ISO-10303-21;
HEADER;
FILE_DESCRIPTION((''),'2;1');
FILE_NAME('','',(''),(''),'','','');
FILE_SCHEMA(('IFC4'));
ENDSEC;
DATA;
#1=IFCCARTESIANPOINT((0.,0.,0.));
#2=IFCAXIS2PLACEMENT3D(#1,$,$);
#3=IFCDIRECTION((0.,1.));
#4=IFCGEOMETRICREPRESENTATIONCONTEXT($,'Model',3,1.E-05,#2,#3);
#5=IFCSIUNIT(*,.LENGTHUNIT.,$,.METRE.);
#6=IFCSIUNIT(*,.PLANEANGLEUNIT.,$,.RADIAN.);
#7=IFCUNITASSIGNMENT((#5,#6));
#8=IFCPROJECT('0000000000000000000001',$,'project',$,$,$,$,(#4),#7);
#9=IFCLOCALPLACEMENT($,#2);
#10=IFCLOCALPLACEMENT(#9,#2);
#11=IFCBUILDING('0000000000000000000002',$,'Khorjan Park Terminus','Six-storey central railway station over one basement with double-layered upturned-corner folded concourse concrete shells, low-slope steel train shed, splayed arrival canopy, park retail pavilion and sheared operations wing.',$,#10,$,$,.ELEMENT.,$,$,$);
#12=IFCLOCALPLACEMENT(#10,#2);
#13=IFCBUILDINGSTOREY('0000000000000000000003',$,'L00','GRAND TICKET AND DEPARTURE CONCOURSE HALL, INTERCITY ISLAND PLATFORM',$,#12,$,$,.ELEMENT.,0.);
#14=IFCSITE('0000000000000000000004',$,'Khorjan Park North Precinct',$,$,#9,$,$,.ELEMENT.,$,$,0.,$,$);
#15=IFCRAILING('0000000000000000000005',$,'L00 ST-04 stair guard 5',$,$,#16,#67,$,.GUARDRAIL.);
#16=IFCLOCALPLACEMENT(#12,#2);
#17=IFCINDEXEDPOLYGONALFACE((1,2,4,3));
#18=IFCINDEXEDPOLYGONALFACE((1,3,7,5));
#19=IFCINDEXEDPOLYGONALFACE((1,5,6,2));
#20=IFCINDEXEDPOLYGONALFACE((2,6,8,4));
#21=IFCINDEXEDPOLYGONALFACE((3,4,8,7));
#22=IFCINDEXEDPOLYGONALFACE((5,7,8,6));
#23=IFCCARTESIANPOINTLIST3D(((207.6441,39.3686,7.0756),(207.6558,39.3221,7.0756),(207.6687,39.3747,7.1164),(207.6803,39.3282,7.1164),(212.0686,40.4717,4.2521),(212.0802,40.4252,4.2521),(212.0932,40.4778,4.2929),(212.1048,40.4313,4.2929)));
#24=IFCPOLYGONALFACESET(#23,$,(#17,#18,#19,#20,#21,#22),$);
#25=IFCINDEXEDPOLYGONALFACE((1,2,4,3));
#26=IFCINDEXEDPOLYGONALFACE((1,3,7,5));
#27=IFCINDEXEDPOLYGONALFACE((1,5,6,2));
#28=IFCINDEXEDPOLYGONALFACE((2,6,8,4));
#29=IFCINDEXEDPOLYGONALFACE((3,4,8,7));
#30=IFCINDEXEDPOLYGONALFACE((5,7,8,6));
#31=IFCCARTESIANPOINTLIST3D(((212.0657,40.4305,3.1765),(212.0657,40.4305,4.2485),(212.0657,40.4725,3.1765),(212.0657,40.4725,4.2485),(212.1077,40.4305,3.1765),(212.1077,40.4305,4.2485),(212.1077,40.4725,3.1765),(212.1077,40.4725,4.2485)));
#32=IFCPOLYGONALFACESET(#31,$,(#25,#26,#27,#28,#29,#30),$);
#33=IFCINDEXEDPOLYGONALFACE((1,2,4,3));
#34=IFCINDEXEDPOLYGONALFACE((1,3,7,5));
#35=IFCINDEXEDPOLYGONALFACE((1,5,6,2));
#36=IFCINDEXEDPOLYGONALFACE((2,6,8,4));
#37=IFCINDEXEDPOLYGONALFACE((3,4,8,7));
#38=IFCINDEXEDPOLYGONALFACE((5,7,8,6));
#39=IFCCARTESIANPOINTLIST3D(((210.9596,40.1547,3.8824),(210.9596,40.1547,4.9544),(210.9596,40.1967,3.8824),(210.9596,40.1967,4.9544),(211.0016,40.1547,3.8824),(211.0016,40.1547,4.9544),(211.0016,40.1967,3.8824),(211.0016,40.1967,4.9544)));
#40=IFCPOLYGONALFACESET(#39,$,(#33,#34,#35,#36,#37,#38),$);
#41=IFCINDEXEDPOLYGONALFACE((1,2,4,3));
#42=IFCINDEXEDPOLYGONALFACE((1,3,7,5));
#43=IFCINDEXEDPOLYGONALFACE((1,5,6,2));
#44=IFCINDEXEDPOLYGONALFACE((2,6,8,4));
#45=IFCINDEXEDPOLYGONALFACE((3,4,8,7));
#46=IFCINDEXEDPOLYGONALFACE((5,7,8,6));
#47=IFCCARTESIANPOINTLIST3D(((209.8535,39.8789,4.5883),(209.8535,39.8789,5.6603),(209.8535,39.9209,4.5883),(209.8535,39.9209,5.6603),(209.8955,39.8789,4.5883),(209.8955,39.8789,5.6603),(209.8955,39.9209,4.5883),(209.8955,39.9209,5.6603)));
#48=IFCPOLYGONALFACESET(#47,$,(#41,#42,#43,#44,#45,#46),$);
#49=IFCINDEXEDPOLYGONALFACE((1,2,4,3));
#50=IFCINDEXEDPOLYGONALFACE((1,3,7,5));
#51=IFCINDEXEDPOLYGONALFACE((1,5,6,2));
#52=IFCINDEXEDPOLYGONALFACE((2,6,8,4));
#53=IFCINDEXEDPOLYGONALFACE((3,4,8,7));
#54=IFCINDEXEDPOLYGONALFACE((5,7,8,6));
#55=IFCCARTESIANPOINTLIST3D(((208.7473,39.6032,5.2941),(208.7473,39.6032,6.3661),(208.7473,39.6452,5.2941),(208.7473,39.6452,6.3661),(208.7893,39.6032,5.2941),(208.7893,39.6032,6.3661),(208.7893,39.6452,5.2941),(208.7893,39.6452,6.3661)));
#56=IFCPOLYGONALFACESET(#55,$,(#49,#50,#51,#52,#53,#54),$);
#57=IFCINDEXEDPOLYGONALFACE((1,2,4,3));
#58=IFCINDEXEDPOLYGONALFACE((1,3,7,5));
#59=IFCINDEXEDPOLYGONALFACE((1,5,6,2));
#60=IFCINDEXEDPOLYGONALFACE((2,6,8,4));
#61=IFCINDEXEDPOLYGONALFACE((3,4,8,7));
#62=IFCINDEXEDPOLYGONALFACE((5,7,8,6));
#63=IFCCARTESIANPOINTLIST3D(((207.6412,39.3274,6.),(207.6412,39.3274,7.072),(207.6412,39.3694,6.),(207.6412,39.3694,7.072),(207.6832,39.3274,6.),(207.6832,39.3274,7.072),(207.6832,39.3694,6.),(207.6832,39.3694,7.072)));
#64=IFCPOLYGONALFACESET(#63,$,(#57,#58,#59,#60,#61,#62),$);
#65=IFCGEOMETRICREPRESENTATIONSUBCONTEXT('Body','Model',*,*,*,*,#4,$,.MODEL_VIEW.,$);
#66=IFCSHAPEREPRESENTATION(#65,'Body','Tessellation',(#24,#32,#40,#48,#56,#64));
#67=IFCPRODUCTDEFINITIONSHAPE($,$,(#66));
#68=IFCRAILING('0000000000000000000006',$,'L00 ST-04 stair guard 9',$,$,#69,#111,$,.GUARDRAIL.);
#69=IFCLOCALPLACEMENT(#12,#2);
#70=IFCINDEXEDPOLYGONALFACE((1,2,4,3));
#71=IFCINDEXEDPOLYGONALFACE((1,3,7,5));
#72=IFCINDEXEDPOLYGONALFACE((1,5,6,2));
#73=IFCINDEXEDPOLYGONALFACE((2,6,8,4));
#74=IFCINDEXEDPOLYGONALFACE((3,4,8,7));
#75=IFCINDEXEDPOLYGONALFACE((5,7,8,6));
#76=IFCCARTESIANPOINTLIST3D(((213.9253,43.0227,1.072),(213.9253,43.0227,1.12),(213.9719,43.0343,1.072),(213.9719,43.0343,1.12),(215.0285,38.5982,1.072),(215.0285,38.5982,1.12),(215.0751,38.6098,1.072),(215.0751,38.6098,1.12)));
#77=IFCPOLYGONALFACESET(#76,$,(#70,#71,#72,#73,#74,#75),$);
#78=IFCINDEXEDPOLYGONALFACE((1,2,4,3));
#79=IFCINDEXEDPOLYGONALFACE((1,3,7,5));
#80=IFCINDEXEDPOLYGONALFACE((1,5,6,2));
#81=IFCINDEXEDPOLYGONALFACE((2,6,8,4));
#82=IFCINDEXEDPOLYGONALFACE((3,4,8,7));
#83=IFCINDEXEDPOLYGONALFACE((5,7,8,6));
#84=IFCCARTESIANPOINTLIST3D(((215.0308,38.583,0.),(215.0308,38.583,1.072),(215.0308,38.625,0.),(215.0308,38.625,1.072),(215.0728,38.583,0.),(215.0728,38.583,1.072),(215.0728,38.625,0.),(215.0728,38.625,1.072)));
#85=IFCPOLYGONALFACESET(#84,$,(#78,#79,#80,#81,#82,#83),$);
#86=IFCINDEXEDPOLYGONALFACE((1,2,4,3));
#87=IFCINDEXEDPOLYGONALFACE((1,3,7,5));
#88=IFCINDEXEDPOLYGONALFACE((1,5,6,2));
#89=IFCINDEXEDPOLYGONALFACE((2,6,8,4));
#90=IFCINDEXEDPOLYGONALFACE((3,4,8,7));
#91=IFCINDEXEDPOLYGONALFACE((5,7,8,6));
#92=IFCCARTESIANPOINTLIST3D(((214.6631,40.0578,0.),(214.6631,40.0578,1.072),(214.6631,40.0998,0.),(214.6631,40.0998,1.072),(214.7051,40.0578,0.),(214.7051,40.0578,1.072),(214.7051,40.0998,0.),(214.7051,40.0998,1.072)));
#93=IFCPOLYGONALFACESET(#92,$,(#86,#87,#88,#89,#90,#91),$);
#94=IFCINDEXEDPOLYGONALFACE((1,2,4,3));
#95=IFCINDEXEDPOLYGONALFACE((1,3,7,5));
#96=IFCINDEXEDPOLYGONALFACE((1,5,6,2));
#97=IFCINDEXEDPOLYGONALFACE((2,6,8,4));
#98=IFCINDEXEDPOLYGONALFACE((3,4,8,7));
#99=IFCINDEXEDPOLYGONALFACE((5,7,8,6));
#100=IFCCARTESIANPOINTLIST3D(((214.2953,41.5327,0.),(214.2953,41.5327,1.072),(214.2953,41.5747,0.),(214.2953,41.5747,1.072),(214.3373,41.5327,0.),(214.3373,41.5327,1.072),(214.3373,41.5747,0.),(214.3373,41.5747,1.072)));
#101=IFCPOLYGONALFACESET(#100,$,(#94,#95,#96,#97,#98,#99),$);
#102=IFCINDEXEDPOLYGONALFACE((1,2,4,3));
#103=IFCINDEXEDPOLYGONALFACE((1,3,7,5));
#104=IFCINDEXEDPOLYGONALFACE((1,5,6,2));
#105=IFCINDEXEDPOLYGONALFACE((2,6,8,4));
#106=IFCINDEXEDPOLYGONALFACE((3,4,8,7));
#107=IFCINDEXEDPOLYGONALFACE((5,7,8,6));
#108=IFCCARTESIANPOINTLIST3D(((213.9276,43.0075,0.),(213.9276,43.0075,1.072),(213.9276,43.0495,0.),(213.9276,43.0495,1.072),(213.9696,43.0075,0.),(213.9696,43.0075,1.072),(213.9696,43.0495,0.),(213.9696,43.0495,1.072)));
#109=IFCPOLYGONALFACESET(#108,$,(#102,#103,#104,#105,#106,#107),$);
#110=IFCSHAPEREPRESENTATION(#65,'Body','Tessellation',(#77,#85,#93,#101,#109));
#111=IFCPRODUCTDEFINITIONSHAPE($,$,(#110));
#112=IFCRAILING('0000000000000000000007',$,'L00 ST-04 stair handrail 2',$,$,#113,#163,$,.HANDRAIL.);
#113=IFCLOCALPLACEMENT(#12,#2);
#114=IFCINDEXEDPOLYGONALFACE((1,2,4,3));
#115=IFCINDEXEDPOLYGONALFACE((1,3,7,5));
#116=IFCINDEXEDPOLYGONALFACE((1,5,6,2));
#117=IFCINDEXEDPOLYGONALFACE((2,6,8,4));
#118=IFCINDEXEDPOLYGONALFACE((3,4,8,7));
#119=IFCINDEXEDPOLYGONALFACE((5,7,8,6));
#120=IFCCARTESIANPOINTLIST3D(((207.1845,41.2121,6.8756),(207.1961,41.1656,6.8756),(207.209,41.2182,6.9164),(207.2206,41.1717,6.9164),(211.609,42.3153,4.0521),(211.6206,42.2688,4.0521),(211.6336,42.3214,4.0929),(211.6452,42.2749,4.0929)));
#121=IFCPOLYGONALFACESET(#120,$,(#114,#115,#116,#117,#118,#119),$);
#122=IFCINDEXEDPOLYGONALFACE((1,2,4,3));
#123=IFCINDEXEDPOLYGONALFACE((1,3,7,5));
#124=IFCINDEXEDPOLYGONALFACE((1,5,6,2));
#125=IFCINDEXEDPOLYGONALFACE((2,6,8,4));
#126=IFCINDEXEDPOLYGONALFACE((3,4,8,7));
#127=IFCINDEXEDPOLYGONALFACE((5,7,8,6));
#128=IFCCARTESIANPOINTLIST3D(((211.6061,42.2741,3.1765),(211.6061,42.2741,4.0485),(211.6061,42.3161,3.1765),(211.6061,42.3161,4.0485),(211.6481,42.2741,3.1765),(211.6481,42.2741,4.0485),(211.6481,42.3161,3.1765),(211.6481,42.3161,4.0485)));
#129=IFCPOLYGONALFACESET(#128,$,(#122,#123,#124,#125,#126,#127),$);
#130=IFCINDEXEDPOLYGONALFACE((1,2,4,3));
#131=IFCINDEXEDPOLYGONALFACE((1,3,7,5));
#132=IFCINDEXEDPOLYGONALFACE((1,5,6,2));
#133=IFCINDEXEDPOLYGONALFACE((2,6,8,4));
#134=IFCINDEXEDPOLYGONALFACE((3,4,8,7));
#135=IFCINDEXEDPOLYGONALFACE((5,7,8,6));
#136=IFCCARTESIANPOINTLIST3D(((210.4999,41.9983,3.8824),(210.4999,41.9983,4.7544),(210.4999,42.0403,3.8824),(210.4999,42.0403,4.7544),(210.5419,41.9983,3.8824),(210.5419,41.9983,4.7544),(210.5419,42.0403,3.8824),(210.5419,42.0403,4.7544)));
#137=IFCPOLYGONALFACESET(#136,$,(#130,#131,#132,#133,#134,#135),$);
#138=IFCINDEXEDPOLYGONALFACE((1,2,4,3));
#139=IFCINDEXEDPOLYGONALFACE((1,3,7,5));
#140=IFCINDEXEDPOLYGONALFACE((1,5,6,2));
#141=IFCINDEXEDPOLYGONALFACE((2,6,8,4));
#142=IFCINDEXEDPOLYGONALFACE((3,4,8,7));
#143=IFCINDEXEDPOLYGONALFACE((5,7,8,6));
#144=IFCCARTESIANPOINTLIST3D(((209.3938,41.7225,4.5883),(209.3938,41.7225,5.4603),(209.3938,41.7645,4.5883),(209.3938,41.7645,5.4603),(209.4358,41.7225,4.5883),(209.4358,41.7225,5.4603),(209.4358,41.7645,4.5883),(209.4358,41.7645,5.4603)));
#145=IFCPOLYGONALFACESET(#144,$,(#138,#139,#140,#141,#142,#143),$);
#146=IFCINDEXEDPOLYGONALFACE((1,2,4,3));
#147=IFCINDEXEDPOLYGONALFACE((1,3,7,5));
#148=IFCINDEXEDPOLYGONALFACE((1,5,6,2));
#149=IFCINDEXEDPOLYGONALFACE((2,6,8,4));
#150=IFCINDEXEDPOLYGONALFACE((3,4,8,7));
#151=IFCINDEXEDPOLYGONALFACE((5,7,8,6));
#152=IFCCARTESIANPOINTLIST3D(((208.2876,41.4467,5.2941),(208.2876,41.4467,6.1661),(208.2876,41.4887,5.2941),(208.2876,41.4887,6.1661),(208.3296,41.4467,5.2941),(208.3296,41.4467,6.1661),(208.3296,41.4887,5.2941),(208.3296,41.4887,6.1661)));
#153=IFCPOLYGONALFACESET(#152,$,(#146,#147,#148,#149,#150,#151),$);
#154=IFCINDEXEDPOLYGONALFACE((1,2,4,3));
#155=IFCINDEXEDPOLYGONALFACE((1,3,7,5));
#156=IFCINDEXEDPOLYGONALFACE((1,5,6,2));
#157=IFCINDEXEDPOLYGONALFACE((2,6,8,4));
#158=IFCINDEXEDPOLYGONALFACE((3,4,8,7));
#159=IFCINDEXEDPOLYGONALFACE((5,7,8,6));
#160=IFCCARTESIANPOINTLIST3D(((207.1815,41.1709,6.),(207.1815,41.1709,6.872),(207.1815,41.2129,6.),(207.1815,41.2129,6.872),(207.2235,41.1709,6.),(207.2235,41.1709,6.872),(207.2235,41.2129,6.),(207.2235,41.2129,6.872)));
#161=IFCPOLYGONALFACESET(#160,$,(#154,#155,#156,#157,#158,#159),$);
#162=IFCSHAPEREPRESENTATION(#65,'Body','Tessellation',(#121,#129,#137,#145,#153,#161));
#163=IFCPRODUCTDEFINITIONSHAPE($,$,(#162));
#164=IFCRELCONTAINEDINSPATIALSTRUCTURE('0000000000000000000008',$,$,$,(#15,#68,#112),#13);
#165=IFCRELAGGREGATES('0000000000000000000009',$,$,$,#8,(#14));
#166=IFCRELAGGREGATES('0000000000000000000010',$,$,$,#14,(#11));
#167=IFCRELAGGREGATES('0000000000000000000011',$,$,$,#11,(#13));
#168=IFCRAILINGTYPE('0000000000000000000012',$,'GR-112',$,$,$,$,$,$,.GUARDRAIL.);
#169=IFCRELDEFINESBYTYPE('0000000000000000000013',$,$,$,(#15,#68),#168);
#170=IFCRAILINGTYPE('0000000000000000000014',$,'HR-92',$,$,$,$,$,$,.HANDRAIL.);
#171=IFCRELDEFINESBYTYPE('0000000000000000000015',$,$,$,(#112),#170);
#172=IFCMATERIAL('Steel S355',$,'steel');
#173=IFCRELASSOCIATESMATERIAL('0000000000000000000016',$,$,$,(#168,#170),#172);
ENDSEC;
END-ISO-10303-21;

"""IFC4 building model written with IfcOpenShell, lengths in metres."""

from ifc_helpers import new_model, si_unit, direction, frame, origin, origin_2d, place, context, subcontext, project, spatial, rectangle, extrude, material, type_object, element, save


model = new_model("IFC4")

# Units and contexts
model_context = context("Model", 3, precision=1e-05, world=origin(), true_north=direction((0.0, 1.0)))
body_context = subcontext(model_context, "Body", "Model", "MODEL_VIEW")
ifc_project = project(units=[si_unit("LENGTHUNIT", "METRE"), si_unit("PLANEANGLEUNIT", "RADIAN")], contexts=[model_context])

# Site, building, storey
site_placement = place(None, origin())
site = spatial("IfcSite", under=ifc_project, at=site_placement, Name="Khorjan Park North Precinct", CompositionType="ELEMENT", RefElevation=0.0)
building_placement = place(site_placement, origin())
building = spatial("IfcBuilding", under=site, at=building_placement, Name="Khorjan Park Terminus", Description="Six-storey central railway station over one basement with double-layered upturned-corner folded concourse concrete shells, low-slope steel train shed, splayed arrival canopy, park retail pavilion and sheared operations wing.", CompositionType="ELEMENT")
storey_placement = place(building_placement, origin())
storey = spatial("IfcBuildingStorey", under=building, at=storey_placement, Name="L00", Description="GRAND TICKET AND DEPARTURE CONCOURSE HALL, INTERCITY ISLAND PLATFORM", CompositionType="ELEMENT", Elevation=0.0)

# Shared definitions
ifc_material_1 = material(Name="Steel S355", Category="steel")

# Railings
railing_type_1 = type_object("IfcRailingType", Name="GR-112", PredefinedType="GUARDRAIL", material=ifc_material_1)
railing_1_placement = place(storey_placement, frame((212.0867, 40.4515, 3.1765)))
element("IfcRailing", 1, at=railing_1_placement, inside=storey, type_object=railing_type_1, Name="L00 ST-04 stair guard 5", PredefinedType="GUARDRAIL", context=body_context, shape_type="SweptSolid", body=[
    extrude(rectangle(XDim=0.048, YDim=0.048, at=origin_2d()), frame((0.0, 0.0, 1.096), z_axis=(-0.824956, -0.205675, 0.526446), x_axis=(0.241911, -0.970298, 0.0)), (0.0, 0.0, 1.0), 5.3633),
    extrude(rectangle(XDim=0.042, YDim=0.042, at=origin_2d()), origin(), (0.0, 0.0, 1.0), 1.072),
    extrude(rectangle(XDim=0.042, YDim=0.042, at=origin_2d()), frame((-1.1061, -0.2758, 0.7059)), (0.0, 0.0, 1.0), 1.072),
    extrude(rectangle(XDim=0.042, YDim=0.042, at=origin_2d()), frame((-2.2122, -0.5516, 1.4118)), (0.0, 0.0, 1.0), 1.072),
    extrude(rectangle(XDim=0.042, YDim=0.042, at=origin_2d()), frame((-3.3184, -0.8273, 2.1176)), (0.0, 0.0, 1.0), 1.072),
    extrude(rectangle(XDim=0.042, YDim=0.042, at=origin_2d()), frame((-4.4245, -1.1031, 2.8235)), (0.0, 0.0, 1.0), 1.072),
])
railing_2_placement = place(storey_placement, frame((215.0518, 38.604, 0.0)))
element("IfcRailing", 2, at=railing_2_placement, inside=storey, type_object=railing_type_1, Name="L00 ST-04 stair guard 9", PredefinedType="GUARDRAIL", context=body_context, shape_type="SweptSolid", body=[
    extrude(rectangle(XDim=0.048, YDim=0.048, at=origin_2d()), frame((0.0, 0.0, 1.096), z_axis=(-0.241932, 0.970293, 0.0), x_axis=(-0.970293, -0.241932, 0.0)), (0.0, 0.0, 1.0), 4.56),
    extrude(rectangle(XDim=0.042, YDim=0.042, at=origin_2d()), origin(), (0.0, 0.0, 1.0), 1.072),
    extrude(rectangle(XDim=0.042, YDim=0.042, at=origin_2d()), frame((-0.3677, 1.4748, 0.0)), (0.0, 0.0, 1.0), 1.072),
    extrude(rectangle(XDim=0.042, YDim=0.042, at=origin_2d()), frame((-0.7355, 2.9497, 0.0)), (0.0, 0.0, 1.0), 1.072),
    extrude(rectangle(XDim=0.042, YDim=0.042, at=origin_2d()), frame((-1.1032, 4.4245, 0.0)), (0.0, 0.0, 1.0), 1.072),
])
railing_type_2 = type_object("IfcRailingType", Name="HR-92", PredefinedType="HANDRAIL", material=ifc_material_1)
railing_3_placement = place(storey_placement, frame((211.6271, 42.2951, 3.1765)))
element("IfcRailing", 3, at=railing_3_placement, inside=storey, type_object=railing_type_2, Name="L00 ST-04 stair handrail 2", PredefinedType="HANDRAIL", context=body_context, shape_type="SweptSolid", body=[
    extrude(rectangle(XDim=0.048, YDim=0.048, at=origin_2d()), frame((0.0, 0.0, 0.896), z_axis=(-0.824959, -0.20569, 0.526436), x_axis=(0.241927, -0.970295, 0.0)), (0.0, 0.0, 1.0), 5.3634),
    extrude(rectangle(XDim=0.042, YDim=0.042, at=origin_2d()), origin(), (0.0, 0.0, 1.0), 0.872),
    extrude(rectangle(XDim=0.042, YDim=0.042, at=origin_2d()), frame((-1.1062, -0.2758, 0.7059)), (0.0, 0.0, 1.0), 0.872),
    extrude(rectangle(XDim=0.042, YDim=0.042, at=origin_2d()), frame((-2.2123, -0.5516, 1.4118)), (0.0, 0.0, 1.0), 0.872),
    extrude(rectangle(XDim=0.042, YDim=0.042, at=origin_2d()), frame((-3.3185, -0.8274, 2.1176)), (0.0, 0.0, 1.0), 0.872),
    extrude(rectangle(XDim=0.042, YDim=0.042, at=origin_2d()), frame((-4.4246, -1.1032, 2.8235)), (0.0, 0.0, 1.0), 0.872),
])

save(model, "model.ifc")
